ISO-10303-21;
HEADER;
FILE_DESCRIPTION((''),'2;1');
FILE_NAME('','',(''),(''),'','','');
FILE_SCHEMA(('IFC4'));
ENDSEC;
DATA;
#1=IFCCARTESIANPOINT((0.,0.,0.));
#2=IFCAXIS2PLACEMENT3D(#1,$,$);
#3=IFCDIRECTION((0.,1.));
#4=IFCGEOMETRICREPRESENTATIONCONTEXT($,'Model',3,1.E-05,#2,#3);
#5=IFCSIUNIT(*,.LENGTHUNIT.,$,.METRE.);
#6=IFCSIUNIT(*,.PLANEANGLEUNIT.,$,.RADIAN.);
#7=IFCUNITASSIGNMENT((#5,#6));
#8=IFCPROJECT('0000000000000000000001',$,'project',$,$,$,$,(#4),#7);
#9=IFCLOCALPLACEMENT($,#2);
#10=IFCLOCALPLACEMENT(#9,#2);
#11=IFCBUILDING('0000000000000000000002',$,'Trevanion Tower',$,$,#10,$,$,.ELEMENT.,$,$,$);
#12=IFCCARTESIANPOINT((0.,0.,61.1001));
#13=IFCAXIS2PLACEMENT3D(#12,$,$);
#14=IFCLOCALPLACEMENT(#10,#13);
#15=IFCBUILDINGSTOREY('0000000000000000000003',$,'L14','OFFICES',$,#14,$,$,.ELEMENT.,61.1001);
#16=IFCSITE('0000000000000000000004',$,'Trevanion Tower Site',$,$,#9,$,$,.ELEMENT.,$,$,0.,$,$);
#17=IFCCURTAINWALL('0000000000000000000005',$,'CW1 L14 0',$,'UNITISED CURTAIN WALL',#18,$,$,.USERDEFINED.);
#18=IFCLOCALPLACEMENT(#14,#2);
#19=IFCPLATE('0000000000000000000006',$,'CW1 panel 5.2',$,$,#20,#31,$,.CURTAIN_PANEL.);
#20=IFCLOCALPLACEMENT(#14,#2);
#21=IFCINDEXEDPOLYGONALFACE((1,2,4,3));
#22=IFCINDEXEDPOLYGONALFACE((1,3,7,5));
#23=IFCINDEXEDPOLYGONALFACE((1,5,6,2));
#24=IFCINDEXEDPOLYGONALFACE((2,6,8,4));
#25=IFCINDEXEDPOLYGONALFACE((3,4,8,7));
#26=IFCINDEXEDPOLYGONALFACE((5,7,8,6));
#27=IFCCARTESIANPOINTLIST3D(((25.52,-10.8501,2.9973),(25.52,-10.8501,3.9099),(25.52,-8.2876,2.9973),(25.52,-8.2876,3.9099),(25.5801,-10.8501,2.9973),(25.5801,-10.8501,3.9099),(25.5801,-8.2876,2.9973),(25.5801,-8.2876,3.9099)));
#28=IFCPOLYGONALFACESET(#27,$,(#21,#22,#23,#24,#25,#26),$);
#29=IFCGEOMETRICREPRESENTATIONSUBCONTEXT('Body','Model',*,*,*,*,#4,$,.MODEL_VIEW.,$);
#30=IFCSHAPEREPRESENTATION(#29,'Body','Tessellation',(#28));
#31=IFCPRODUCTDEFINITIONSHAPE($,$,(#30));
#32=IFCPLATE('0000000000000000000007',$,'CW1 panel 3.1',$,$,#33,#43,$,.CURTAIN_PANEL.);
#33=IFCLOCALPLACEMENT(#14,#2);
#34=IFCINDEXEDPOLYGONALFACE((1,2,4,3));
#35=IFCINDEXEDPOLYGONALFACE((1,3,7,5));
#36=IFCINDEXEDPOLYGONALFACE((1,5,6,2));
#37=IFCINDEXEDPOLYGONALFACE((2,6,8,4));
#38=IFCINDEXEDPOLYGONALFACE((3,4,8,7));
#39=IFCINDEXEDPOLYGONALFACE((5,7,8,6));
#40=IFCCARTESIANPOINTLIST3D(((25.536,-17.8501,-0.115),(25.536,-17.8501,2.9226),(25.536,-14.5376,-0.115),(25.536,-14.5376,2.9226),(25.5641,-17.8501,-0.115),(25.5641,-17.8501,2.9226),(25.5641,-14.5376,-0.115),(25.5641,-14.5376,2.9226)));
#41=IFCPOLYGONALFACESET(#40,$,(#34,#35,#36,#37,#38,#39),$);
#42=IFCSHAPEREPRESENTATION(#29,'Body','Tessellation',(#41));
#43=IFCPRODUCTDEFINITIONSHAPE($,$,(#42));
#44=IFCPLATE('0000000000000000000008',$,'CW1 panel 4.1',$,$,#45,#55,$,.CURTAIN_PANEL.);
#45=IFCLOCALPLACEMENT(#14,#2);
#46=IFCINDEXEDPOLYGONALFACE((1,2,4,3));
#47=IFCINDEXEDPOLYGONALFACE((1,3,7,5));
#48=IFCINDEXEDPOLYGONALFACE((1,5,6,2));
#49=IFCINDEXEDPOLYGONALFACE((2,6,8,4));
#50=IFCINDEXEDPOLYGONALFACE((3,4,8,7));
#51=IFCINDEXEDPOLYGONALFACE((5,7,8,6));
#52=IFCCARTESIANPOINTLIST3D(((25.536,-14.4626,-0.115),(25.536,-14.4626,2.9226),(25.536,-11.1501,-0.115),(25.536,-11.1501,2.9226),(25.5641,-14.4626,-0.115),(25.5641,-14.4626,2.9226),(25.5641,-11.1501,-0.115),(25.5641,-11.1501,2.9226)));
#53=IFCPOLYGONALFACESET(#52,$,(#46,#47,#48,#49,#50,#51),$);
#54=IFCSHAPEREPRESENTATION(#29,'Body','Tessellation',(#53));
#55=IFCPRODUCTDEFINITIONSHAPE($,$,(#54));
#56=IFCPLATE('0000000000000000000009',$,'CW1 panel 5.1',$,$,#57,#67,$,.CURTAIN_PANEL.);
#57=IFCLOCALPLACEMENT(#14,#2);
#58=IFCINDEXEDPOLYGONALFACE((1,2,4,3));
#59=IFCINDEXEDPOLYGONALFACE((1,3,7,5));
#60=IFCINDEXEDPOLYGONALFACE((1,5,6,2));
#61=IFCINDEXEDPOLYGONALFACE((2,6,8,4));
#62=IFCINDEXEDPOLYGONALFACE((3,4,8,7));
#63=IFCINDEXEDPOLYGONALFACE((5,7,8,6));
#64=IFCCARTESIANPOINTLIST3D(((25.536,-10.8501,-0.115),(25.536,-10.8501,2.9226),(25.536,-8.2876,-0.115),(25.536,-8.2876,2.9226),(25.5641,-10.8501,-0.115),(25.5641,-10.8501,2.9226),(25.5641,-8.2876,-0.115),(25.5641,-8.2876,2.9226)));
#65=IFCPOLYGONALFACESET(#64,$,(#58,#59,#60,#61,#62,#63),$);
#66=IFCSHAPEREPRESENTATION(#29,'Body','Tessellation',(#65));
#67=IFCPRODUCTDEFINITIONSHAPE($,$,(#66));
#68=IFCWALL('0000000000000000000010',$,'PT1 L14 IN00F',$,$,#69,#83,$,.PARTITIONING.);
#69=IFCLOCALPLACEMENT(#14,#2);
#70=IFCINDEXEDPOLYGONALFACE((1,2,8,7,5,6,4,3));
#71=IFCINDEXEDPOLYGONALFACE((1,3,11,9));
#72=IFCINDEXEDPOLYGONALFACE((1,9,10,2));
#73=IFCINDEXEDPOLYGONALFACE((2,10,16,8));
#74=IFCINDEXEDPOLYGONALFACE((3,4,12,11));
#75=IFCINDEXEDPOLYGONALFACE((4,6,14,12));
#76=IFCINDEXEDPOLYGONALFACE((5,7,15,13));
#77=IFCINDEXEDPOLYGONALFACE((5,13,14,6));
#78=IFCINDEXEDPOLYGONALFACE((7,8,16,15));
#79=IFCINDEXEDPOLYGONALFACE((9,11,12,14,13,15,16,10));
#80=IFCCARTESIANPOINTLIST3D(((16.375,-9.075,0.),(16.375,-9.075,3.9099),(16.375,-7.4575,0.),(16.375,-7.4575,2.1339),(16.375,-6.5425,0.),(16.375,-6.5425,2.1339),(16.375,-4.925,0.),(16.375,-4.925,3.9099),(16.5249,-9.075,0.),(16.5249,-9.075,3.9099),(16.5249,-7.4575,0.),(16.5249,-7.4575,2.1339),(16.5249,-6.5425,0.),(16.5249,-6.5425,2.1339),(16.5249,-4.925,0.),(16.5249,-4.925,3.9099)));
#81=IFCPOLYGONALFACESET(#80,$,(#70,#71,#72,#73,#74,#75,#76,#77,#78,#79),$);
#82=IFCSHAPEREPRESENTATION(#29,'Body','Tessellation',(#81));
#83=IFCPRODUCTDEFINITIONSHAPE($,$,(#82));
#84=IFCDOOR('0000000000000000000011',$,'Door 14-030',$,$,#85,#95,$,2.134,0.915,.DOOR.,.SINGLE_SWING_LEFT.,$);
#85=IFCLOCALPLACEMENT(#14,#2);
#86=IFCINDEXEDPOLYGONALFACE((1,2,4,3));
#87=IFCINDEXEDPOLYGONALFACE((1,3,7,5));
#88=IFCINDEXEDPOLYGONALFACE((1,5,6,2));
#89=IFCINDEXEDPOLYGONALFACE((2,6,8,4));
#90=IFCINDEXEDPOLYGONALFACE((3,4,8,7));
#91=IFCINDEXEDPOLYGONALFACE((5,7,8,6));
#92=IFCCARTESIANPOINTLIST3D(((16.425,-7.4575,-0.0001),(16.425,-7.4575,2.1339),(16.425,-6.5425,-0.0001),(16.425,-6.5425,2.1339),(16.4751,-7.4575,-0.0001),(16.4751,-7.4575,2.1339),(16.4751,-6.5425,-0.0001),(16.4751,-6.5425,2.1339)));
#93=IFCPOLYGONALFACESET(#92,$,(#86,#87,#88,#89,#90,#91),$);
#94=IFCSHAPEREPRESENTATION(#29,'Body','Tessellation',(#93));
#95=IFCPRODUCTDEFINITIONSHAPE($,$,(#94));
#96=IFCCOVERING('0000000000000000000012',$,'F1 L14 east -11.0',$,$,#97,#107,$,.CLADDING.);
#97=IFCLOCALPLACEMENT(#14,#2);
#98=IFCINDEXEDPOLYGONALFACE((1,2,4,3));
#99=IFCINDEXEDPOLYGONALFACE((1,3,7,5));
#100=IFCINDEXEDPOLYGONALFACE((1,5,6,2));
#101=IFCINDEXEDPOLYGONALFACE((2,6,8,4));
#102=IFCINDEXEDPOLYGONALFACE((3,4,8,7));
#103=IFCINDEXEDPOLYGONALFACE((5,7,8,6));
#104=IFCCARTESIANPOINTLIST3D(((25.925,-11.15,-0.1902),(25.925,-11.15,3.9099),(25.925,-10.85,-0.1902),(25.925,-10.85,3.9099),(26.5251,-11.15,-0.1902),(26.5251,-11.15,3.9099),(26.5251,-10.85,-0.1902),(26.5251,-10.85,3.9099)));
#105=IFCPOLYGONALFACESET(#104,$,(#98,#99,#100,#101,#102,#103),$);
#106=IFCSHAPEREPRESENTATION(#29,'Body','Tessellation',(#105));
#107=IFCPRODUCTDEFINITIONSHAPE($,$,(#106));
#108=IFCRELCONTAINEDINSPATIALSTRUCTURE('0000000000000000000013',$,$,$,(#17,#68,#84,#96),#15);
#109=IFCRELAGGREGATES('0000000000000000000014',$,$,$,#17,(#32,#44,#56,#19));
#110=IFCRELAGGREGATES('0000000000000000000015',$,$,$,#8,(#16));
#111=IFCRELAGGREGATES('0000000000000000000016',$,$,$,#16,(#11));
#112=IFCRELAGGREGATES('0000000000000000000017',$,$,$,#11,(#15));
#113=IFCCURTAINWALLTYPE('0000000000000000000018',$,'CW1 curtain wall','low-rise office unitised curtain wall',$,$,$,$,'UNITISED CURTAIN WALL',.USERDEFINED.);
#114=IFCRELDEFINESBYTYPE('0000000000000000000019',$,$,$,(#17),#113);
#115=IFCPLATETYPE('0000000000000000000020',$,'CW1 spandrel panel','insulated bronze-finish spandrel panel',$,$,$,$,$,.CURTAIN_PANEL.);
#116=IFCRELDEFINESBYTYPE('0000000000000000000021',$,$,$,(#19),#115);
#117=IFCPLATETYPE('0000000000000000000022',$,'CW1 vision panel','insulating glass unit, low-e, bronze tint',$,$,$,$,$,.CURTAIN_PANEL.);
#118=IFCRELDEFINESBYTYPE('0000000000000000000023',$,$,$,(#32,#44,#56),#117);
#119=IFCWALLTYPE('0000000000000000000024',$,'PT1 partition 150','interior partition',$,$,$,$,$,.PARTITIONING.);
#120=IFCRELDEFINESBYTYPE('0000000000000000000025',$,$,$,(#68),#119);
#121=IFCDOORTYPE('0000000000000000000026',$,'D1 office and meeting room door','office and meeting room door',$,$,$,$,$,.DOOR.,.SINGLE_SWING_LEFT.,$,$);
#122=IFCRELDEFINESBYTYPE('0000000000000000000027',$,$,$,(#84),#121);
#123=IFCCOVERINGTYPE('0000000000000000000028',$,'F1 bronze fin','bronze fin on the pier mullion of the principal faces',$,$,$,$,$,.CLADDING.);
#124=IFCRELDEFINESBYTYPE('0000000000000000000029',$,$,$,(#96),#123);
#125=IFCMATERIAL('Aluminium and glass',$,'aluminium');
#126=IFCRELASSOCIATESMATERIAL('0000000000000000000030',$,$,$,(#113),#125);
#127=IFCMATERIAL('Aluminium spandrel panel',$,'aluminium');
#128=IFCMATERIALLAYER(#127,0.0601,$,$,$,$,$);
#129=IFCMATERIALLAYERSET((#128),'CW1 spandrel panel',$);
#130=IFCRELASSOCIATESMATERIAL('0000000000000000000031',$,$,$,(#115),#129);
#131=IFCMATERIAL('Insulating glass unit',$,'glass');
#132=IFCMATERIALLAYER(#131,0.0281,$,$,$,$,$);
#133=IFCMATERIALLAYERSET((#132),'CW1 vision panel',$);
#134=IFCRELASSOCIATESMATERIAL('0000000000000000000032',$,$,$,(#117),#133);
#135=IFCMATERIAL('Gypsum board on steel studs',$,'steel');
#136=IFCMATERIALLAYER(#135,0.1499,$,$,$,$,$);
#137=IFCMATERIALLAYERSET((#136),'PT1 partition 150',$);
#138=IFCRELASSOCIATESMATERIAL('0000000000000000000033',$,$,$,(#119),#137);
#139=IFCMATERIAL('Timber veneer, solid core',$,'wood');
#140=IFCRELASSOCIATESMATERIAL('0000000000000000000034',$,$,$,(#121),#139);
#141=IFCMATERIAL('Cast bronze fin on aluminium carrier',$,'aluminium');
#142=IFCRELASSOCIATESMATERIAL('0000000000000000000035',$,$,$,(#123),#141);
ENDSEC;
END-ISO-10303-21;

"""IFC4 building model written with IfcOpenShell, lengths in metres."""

from ifc_helpers import new_model, si_unit, direction, frame, frame_2d, origin, origin_2d, place, context, subcontext, project, spatial, rectangle, extrude, material, layer, layer_set, type_object, element, fill, aggregate, save


model = new_model("IFC4")

# Units and contexts
model_context = context("Model", 3, precision=1e-05, world=origin(), true_north=direction((0.0, 1.0)))
body_context = subcontext(model_context, "Body", "Model", "MODEL_VIEW")
ifc_project = project(units=[si_unit("LENGTHUNIT", "METRE"), si_unit("PLANEANGLEUNIT", "RADIAN")], contexts=[model_context])

# Site, building, storey
site_placement = place(None, origin())
site = spatial("IfcSite", under=ifc_project, at=site_placement, Name="Trevanion Tower Site", CompositionType="ELEMENT", RefElevation=0.0)
building_placement = place(site_placement, origin())
building = spatial("IfcBuilding", under=site, at=building_placement, Name="Trevanion Tower", CompositionType="ELEMENT")
storey_placement = place(building_placement, frame((0.0, 0.0, 61.1001)))
storey = spatial("IfcBuildingStorey", under=building, at=storey_placement, Name="L14", Description="OFFICES", CompositionType="ELEMENT", Elevation=61.1001)

# Curtain wall
ifc_material_1 = material(Name="Aluminium and glass", Category="aluminium")
curtain_wall_type = type_object("IfcCurtainWallType", Name="CW1 curtain wall", Description="low-rise office unitised curtain wall", ElementType="UNITISED CURTAIN WALL", PredefinedType="USERDEFINED", material=ifc_material_1)
curtain_wall_placement = place(storey_placement, origin())
curtain_wall = element("IfcCurtainWall", 1, at=curtain_wall_placement, inside=storey, type_object=curtain_wall_type, Name="CW1 L14 0", ObjectType="UNITISED CURTAIN WALL", PredefinedType="USERDEFINED")

# Plates
ifc_material_2 = material(Name="Aluminium spandrel panel", Category="aluminium")
ifc_layer_1 = layer(ifc_material_2, 0.0601)
ifc_layer_set_1 = layer_set([ifc_layer_1], Name="CW1 spandrel panel")
plate_type_1 = type_object("IfcPlateType", Name="CW1 spandrel panel", Description="insulated bronze-finish spandrel panel", PredefinedType="CURTAIN_PANEL", material=ifc_layer_set_1)
plate_1_placement = place(storey_placement, frame((25.55, -9.5688, 2.9973), z_axis=(0.0, 0.0, 1.0), x_axis=(0.0, 1.0, 0.0)))
plate_1 = element("IfcPlate", 2, at=plate_1_placement, type_object=plate_type_1, Name="CW1 panel 5.2", PredefinedType="CURTAIN_PANEL", context=body_context, shape_type="SweptSolid", body=[
    extrude(rectangle(XDim=2.5625, YDim=0.0601, at=origin_2d()), origin(), (0.0, 0.0, 1.0), 0.9126),
])
ifc_material_3 = material(Name="Insulating glass unit", Category="glass")
ifc_layer_2 = layer(ifc_material_3, 0.0281)
ifc_layer_set_2 = layer_set([ifc_layer_2], Name="CW1 vision panel")
plate_type_2 = type_object("IfcPlateType", Name="CW1 vision panel", Description="insulating glass unit, low-e, bronze tint", PredefinedType="CURTAIN_PANEL", material=ifc_layer_set_2)
plate_2_placement = place(storey_placement, frame((25.55, -16.1938, -0.115), z_axis=(0.0, 0.0, 1.0), x_axis=(0.0, 1.0, 0.0)))
plate_2 = element("IfcPlate", 3, at=plate_2_placement, type_object=plate_type_2, Name="CW1 panel 3.1", PredefinedType="CURTAIN_PANEL", context=body_context, shape_type="SweptSolid", body=[
    extrude(rectangle(XDim=3.3125, YDim=0.0281, at=origin_2d()), origin(), (0.0, 0.0, 1.0), 3.0376),
])
plate_3_placement = place(storey_placement, frame((25.55, -12.8064, -0.115), z_axis=(0.0, 0.0, 1.0), x_axis=(0.0, 1.0, 0.0)))
plate_3 = element("IfcPlate", 4, at=plate_3_placement, type_object=plate_type_2, Name="CW1 panel 4.1", PredefinedType="CURTAIN_PANEL", context=body_context, shape_type="SweptSolid", body=[
    extrude(rectangle(XDim=3.3125, YDim=0.0281, at=origin_2d()), origin(), (0.0, 0.0, 1.0), 3.0376),
])
plate_4_placement = place(storey_placement, frame((25.55, -9.5688, -0.115), z_axis=(0.0, 0.0, 1.0), x_axis=(0.0, 1.0, 0.0)))
plate_4 = element("IfcPlate", 5, at=plate_4_placement, type_object=plate_type_2, Name="CW1 panel 5.1", PredefinedType="CURTAIN_PANEL", context=body_context, shape_type="SweptSolid", body=[
    extrude(rectangle(XDim=2.5625, YDim=0.0281, at=origin_2d()), origin(), (0.0, 0.0, 1.0), 3.0376),
])
aggregate(curtain_wall, [plate_2, plate_3, plate_4, plate_1])

# Wall, opening, door
ifc_material_4 = material(Name="Gypsum board on steel studs", Category="steel")
ifc_layer_3 = layer(ifc_material_4, 0.1499)
ifc_layer_set_3 = layer_set([ifc_layer_3], Name="PT1 partition 150")
wall_type = type_object("IfcWallType", Name="PT1 partition 150", Description="interior partition", PredefinedType="PARTITIONING", material=ifc_layer_set_3)
wall_placement = place(storey_placement, frame((16.45, -9.075, 0.0), z_axis=(0.0, 0.0, 1.0), x_axis=(0.0, 1.0, 0.0)))
wall = element("IfcWall", 6, at=wall_placement, inside=storey, type_object=wall_type, Name="PT1 L14 IN00F", PredefinedType="PARTITIONING", context=body_context, shape_type="SweptSolid", body=[
    extrude(rectangle(XDim=4.1499, YDim=0.1499, at=frame_2d((2.075, 0.0))), origin(), (0.0, 0.0, 1.0), 3.9099),
])
opening_placement = place(wall_placement, frame((1.6174, 0.0, 0.0)))
opening = element("IfcOpeningElement", 7, at=opening_placement, cuts=wall, PredefinedType="OPENING", context=body_context, shape_type="SweptSolid", body=[
    extrude(rectangle(XDim=0.915, YDim=2.134, at=frame_2d((0.4575, 1.0669))), frame((0.0, 0.085, 0.0), z_axis=(0.0, -1.0, 0.0), x_axis=(1.0, 0.0, 0.0)), (0.0, 0.0, 1.0), 0.1699),
])
ifc_material_5 = material(Name="Timber veneer, solid core", Category="wood")
door_type = type_object("IfcDoorType", Name="D1 office and meeting room door", Description="office and meeting room door", OperationType="SINGLE_SWING_LEFT", PredefinedType="DOOR", material=ifc_material_5)
door_placement = place(opening_placement, origin())
door = element("IfcDoor", 8, at=door_placement, inside=storey, type_object=door_type, Name="Door 14-030", OperationType="SINGLE_SWING_LEFT", OverallHeight=2.134, OverallWidth=0.915, PredefinedType="DOOR", context=body_context, shape_type="SweptSolid", body=[
    extrude(rectangle(XDim=0.915, YDim=2.134, at=frame_2d((0.4575, 1.0669))), frame((0.0, 0.0249, 0.0), z_axis=(0.0, -1.0, 0.0), x_axis=(1.0, 0.0, 0.0)), (0.0, 0.0, 1.0), 0.05),
])
fill(opening, door)

# Covering
ifc_material_6 = material(Name="Cast bronze fin on aluminium carrier", Category="aluminium")
covering_type = type_object("IfcCoveringType", Name="F1 bronze fin", Description="bronze fin on the pier mullion of the principal faces", PredefinedType="CLADDING", material=ifc_material_6)
covering_placement = place(storey_placement, frame((26.2251, -11.0, -0.1902), z_axis=(0.0, 0.0, 1.0), x_axis=(0.0, 1.0, 0.0)))
element("IfcCovering", 9, at=covering_placement, inside=storey, type_object=covering_type, Name="F1 L14 east -11.0", PredefinedType="CLADDING", context=body_context, shape_type="SweptSolid", body=[
    extrude(rectangle(XDim=0.3, YDim=0.6001, at=origin_2d()), origin(), (0.0, 0.0, 1.0), 4.1001),
])

save(model, "model.ifc")
